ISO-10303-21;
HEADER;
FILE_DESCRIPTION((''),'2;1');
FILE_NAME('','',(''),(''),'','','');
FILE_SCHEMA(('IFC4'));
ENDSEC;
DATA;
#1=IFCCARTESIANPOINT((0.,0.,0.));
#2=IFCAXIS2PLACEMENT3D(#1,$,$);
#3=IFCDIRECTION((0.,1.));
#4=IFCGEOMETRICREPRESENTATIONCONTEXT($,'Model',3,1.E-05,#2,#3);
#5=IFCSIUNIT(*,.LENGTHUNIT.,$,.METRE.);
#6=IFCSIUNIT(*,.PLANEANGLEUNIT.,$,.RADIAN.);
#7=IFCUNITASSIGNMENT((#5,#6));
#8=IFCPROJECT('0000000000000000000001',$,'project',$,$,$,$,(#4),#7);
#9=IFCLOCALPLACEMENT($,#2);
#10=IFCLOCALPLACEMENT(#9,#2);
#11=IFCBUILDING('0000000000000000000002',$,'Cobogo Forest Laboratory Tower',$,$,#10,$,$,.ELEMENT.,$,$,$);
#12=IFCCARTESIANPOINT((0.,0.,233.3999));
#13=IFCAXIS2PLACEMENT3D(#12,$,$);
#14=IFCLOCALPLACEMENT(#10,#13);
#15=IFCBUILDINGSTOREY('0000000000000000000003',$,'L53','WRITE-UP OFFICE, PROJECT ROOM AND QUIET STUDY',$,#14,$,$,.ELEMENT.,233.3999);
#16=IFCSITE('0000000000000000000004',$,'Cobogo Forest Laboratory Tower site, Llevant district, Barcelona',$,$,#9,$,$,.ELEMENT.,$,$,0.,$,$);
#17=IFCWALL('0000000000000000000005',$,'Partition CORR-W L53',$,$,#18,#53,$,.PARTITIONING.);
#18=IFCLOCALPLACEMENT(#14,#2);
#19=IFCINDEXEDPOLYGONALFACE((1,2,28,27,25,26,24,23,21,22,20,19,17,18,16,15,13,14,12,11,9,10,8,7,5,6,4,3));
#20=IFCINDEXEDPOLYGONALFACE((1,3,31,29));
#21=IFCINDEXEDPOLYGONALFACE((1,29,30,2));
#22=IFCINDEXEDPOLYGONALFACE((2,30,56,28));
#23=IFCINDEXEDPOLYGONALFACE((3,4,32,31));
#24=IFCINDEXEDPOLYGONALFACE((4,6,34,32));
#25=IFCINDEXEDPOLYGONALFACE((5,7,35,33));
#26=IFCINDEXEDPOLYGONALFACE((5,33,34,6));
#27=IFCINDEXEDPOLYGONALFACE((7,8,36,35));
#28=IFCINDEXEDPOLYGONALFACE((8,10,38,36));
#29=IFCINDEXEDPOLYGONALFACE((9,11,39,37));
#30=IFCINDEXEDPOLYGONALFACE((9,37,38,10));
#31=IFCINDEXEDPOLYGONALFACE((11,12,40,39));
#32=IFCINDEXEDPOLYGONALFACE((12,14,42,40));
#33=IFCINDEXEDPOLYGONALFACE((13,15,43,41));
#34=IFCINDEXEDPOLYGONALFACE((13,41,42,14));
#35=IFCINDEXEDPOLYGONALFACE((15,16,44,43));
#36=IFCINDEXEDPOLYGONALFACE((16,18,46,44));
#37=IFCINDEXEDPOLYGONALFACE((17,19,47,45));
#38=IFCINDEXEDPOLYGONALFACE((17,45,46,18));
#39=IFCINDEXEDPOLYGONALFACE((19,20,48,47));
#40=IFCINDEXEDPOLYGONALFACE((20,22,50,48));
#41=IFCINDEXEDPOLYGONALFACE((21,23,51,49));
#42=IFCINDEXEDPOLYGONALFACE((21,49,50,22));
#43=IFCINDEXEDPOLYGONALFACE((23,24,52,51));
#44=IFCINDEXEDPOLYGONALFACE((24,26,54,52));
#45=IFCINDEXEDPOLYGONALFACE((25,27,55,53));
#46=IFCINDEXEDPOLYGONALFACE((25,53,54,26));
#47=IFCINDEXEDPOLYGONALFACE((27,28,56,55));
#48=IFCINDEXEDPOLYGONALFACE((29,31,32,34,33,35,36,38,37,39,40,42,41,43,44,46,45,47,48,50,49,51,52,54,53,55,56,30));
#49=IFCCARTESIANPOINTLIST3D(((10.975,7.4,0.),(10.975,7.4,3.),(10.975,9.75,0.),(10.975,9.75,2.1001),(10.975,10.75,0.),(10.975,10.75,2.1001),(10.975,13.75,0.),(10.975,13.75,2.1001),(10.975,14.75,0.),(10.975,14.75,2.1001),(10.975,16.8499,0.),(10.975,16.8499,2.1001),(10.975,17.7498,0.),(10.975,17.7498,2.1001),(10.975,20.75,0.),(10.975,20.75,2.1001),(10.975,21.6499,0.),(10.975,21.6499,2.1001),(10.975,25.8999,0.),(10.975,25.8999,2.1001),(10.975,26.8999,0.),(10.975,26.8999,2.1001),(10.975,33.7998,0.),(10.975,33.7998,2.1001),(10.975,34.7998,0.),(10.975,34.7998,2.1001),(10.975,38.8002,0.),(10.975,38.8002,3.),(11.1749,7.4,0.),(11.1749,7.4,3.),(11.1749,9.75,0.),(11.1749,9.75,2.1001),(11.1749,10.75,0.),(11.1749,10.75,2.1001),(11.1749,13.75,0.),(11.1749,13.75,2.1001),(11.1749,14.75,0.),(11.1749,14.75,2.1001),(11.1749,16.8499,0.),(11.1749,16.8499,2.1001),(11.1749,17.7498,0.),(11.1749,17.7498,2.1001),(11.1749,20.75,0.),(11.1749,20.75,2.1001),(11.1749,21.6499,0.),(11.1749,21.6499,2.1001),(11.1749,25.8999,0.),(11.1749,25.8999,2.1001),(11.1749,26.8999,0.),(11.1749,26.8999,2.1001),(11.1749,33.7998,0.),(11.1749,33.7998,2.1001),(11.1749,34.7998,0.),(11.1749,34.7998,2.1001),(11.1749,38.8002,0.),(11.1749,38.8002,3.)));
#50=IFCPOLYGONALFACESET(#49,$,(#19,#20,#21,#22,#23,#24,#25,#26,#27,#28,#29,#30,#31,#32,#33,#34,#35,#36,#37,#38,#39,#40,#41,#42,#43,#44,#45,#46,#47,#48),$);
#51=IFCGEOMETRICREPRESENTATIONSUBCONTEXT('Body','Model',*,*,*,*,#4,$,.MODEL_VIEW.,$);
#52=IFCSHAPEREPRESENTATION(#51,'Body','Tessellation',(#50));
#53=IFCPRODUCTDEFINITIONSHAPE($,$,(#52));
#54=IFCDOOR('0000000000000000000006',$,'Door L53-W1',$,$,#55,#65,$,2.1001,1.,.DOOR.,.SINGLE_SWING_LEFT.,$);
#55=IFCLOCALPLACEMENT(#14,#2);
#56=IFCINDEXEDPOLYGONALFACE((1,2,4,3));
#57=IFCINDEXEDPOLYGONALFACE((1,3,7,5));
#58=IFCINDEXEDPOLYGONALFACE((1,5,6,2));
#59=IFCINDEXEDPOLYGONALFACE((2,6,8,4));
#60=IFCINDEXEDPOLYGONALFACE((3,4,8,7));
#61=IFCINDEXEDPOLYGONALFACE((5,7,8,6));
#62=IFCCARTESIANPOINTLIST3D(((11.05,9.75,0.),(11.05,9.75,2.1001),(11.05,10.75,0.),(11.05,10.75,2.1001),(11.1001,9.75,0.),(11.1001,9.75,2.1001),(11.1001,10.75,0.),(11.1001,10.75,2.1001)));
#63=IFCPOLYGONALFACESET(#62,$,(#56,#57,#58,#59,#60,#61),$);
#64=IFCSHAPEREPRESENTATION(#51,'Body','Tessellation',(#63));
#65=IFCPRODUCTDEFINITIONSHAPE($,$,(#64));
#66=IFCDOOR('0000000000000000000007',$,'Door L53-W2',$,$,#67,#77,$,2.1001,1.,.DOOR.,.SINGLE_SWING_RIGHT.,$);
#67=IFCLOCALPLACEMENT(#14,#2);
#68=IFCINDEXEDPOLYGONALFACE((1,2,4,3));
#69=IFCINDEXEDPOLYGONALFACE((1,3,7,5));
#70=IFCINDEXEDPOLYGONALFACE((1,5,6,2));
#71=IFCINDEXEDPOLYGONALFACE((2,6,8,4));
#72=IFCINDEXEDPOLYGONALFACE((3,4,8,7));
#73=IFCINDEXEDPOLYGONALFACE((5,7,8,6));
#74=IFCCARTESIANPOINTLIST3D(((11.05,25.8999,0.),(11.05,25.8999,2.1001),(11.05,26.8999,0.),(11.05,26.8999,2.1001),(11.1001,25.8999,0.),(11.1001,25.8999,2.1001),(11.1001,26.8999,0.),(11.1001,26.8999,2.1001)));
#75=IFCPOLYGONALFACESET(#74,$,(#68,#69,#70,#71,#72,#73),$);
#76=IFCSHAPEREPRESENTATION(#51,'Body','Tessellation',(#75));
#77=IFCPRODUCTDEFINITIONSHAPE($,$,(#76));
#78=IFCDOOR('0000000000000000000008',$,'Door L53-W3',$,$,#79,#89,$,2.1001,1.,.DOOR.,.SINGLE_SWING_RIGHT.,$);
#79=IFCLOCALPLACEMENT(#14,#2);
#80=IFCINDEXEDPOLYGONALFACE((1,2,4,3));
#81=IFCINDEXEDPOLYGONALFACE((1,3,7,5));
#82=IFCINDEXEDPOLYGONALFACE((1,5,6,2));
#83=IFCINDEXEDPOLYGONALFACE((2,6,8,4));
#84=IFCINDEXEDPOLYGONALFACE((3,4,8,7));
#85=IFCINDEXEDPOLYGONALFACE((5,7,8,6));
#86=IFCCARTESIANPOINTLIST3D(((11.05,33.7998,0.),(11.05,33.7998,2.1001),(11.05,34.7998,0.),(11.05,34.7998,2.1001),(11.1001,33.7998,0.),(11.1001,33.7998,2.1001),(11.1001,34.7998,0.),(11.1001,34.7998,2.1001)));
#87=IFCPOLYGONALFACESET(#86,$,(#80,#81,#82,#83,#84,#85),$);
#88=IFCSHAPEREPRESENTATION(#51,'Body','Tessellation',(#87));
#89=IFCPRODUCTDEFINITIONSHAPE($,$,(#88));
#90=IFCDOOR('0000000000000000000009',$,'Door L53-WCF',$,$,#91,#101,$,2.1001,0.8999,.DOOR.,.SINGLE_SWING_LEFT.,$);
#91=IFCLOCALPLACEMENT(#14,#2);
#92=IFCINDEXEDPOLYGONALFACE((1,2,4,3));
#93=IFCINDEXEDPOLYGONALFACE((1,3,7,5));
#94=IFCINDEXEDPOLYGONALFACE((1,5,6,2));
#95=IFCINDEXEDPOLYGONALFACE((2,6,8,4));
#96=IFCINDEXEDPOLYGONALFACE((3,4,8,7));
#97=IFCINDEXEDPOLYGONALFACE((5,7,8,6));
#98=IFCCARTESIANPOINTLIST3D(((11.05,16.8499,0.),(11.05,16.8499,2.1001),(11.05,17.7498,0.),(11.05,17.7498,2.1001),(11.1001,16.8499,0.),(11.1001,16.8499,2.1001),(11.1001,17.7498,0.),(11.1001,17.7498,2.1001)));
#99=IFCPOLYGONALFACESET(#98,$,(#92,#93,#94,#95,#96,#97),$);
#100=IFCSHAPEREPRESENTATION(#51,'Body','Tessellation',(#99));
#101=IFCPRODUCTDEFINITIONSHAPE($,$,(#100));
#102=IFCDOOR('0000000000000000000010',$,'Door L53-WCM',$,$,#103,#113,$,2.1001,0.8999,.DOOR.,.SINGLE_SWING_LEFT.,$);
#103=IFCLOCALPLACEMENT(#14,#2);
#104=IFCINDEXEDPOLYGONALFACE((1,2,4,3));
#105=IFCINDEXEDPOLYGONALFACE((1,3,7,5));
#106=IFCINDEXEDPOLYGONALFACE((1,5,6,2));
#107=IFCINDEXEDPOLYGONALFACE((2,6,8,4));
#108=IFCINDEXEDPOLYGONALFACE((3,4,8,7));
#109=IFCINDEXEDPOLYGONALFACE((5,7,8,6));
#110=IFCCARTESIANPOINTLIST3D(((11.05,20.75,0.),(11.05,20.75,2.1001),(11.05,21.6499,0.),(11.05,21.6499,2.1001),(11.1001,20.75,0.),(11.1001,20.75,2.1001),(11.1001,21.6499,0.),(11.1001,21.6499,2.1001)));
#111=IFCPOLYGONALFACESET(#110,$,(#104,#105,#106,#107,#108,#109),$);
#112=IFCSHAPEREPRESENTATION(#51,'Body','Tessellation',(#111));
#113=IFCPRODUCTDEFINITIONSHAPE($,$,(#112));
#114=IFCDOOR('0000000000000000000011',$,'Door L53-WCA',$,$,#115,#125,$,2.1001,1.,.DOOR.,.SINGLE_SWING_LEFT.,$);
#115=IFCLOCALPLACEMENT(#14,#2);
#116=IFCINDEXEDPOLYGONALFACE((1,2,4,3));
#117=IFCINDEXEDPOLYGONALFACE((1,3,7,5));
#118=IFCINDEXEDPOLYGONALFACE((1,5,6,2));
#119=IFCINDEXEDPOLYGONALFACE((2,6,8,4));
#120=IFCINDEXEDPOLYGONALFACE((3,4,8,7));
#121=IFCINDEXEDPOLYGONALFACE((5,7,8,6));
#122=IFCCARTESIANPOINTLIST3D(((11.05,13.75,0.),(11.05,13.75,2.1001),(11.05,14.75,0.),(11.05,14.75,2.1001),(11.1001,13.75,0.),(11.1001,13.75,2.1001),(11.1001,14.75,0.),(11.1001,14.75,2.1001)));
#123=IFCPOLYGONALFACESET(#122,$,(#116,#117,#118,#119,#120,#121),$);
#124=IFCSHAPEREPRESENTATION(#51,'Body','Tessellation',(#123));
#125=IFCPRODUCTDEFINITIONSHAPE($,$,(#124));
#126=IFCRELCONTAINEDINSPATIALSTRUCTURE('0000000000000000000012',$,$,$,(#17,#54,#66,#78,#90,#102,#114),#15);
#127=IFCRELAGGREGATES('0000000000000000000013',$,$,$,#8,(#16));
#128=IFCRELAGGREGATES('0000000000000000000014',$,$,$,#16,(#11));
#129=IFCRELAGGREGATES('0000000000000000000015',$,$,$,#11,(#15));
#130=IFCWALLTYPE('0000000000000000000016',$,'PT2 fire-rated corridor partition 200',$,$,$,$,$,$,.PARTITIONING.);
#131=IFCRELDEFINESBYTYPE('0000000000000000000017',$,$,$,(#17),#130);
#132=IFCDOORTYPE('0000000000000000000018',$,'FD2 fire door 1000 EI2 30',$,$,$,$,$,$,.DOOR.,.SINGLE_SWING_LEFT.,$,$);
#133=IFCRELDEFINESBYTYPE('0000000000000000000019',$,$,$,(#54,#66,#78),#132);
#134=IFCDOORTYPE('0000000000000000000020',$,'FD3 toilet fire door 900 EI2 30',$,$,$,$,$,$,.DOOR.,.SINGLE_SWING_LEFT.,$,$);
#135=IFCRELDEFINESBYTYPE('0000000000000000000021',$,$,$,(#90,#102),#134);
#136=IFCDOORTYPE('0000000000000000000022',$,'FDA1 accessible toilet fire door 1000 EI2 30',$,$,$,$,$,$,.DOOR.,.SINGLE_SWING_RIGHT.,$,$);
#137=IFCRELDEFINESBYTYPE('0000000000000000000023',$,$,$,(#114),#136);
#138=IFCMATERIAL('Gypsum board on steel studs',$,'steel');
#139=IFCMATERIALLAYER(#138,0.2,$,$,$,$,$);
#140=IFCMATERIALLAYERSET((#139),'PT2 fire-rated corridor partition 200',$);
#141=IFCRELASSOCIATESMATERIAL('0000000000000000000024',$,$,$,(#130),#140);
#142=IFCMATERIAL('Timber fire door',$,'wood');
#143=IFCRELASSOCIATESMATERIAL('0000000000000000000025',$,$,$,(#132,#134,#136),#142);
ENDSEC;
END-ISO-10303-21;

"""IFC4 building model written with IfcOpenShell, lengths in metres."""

from ifc_helpers import new_model, si_unit, direction, frame, frame_2d, origin, place, context, subcontext, project, spatial, rectangle, extrude, material, layer, layer_set, type_object, element, fill, save


model = new_model("IFC4")

# Units and contexts
model_context = context("Model", 3, precision=1e-05, world=origin(), true_north=direction((0.0, 1.0)))
body_context = subcontext(model_context, "Body", "Model", "MODEL_VIEW")
ifc_project = project(units=[si_unit("LENGTHUNIT", "METRE"), si_unit("PLANEANGLEUNIT", "RADIAN")], contexts=[model_context])

# Site, building, storey
site_placement = place(None, origin())
site = spatial("IfcSite", under=ifc_project, at=site_placement, Name="Cobogo Forest Laboratory Tower site, Llevant district, Barcelona", CompositionType="ELEMENT", RefElevation=0.0)
building_placement = place(site_placement, origin())
building = spatial("IfcBuilding", under=site, at=building_placement, Name="Cobogo Forest Laboratory Tower", CompositionType="ELEMENT")
storey_placement = place(building_placement, frame((0.0, 0.0, 233.3999)))
storey = spatial("IfcBuildingStorey", under=building, at=storey_placement, Name="L53", Description="WRITE-UP OFFICE, PROJECT ROOM AND QUIET STUDY", CompositionType="ELEMENT", Elevation=233.3999)

# Shared definitions
ifc_material_1 = material(Name="Gypsum board on steel studs", Category="steel")

# Wall, openings, doors
ifc_layer_1 = layer(ifc_material_1, 0.2)
ifc_layer_set_1 = layer_set([ifc_layer_1], Name="PT2 fire-rated corridor partition 200")
wall_type_1 = type_object("IfcWallType", Name="PT2 fire-rated corridor partition 200", PredefinedType="PARTITIONING", material=ifc_layer_set_1)
ifc_material_2 = material(Name="Timber fire door", Category="wood")
door_type_1 = type_object("IfcDoorType", Name="FD2 fire door 1000 EI2 30", OperationType="SINGLE_SWING_LEFT", PredefinedType="DOOR", material=ifc_material_2)
wall_1_placement = place(storey_placement, frame((11.075, 7.3999, 0.0), z_axis=(0.0, 0.0, 1.0), x_axis=(0.0, 1.0, 0.0)))
wall_1 = element("IfcWall", 1, at=wall_1_placement, inside=storey, type_object=wall_type_1, Name="Partition CORR-W L53", PredefinedType="PARTITIONING", context=body_context, shape_type="SweptSolid", body=[
    extrude(rectangle(XDim=31.4001, YDim=0.2, at=frame_2d((15.7002, 0.0))), origin(), (0.0, 0.0, 1.0), 3.0),
])
opening_1_placement = place(wall_1_placement, frame((2.3501, 0.0, 0.0)))
opening_1 = element("IfcOpeningElement", 2, at=opening_1_placement, cuts=wall_1, PredefinedType="OPENING", context=body_context, shape_type="SweptSolid", body=[
    extrude(rectangle(XDim=1.0, YDim=2.1001, at=frame_2d((0.5, 1.05))), frame((0.0, 0.1099, 0.0), z_axis=(0.0, -1.0, 0.0), x_axis=(1.0, 0.0, 0.0)), (0.0, 0.0, 1.0), 0.22),
])
opening_2_placement = place(wall_1_placement, frame((6.3501, 0.0, 0.0)))
opening_2 = element("IfcOpeningElement", 3, at=opening_2_placement, cuts=wall_1, PredefinedType="OPENING", context=body_context, shape_type="SweptSolid", body=[
    extrude(rectangle(XDim=1.0, YDim=2.1001, at=frame_2d((0.5, 1.05))), frame((0.0, 0.1099, 0.0), z_axis=(0.0, -1.0, 0.0), x_axis=(1.0, 0.0, 0.0)), (0.0, 0.0, 1.0), 0.22),
])
opening_3_placement = place(wall_1_placement, frame((9.45, 0.0, 0.0)))
opening_3 = element("IfcOpeningElement", 4, at=opening_3_placement, cuts=wall_1, PredefinedType="OPENING", context=body_context, shape_type="SweptSolid", body=[
    extrude(rectangle(XDim=0.8999, YDim=2.1001, at=frame_2d((0.45, 1.05))), frame((0.0, 0.1099, 0.0), z_axis=(0.0, -1.0, 0.0), x_axis=(1.0, 0.0, 0.0)), (0.0, 0.0, 1.0), 0.22),
])
opening_4_placement = place(wall_1_placement, frame((13.3501, 0.0, 0.0)))
opening_4 = element("IfcOpeningElement", 5, at=opening_4_placement, cuts=wall_1, PredefinedType="OPENING", context=body_context, shape_type="SweptSolid", body=[
    extrude(rectangle(XDim=0.8999, YDim=2.1001, at=frame_2d((0.45, 1.05))), frame((0.0, 0.1099, 0.0), z_axis=(0.0, -1.0, 0.0), x_axis=(1.0, 0.0, 0.0)), (0.0, 0.0, 1.0), 0.22),
])
opening_5_placement = place(wall_1_placement, frame((18.5, 0.0, 0.0)))
opening_5 = element("IfcOpeningElement", 6, at=opening_5_placement, cuts=wall_1, PredefinedType="OPENING", context=body_context, shape_type="SweptSolid", body=[
    extrude(rectangle(XDim=1.0, YDim=2.1001, at=frame_2d((0.5, 1.05))), frame((0.0, 0.1099, 0.0), z_axis=(0.0, -1.0, 0.0), x_axis=(1.0, 0.0, 0.0)), (0.0, 0.0, 1.0), 0.22),
])
opening_6_placement = place(wall_1_placement, frame((26.3999, 0.0, 0.0)))
opening_6 = element("IfcOpeningElement", 7, at=opening_6_placement, cuts=wall_1, PredefinedType="OPENING", context=body_context, shape_type="SweptSolid", body=[
    extrude(rectangle(XDim=1.0, YDim=2.1001, at=frame_2d((0.5, 1.05))), frame((0.0, 0.1099, 0.0), z_axis=(0.0, -1.0, 0.0), x_axis=(1.0, 0.0, 0.0)), (0.0, 0.0, 1.0), 0.22),
])
door_1_placement = place(opening_1_placement, origin())
door_1 = element("IfcDoor", 8, at=door_1_placement, inside=storey, type_object=door_type_1, Name="Door L53-W1", OperationType="SINGLE_SWING_LEFT", OverallHeight=2.1001, OverallWidth=1.0, PredefinedType="DOOR", context=body_context, shape_type="SweptSolid", body=[
    extrude(rectangle(XDim=1.0, YDim=2.1001, at=frame_2d((0.5, 1.05))), frame((0.0, 0.0249, 0.0), z_axis=(0.0, -1.0, 0.0), x_axis=(1.0, 0.0, 0.0)), (0.0, 0.0, 1.0), 0.05),
])
fill(opening_1, door_1)
door_2_placement = place(opening_5_placement, origin())
door_2 = element("IfcDoor", 9, at=door_2_placement, inside=storey, type_object=door_type_1, Name="Door L53-W2", OperationType="SINGLE_SWING_RIGHT", OverallHeight=2.1001, OverallWidth=1.0, PredefinedType="DOOR", context=body_context, shape_type="SweptSolid", body=[
    extrude(rectangle(XDim=1.0, YDim=2.1001, at=frame_2d((0.5, 1.05))), frame((0.0, 0.0249, 0.0), z_axis=(0.0, -1.0, 0.0), x_axis=(1.0, 0.0, 0.0)), (0.0, 0.0, 1.0), 0.05),
])
fill(opening_5, door_2)
door_3_placement = place(opening_6_placement, origin())
door_3 = element("IfcDoor", 10, at=door_3_placement, inside=storey, type_object=door_type_1, Name="Door L53-W3", OperationType="SINGLE_SWING_RIGHT", OverallHeight=2.1001, OverallWidth=1.0, PredefinedType="DOOR", context=body_context, shape_type="SweptSolid", body=[
    extrude(rectangle(XDim=1.0, YDim=2.1001, at=frame_2d((0.5, 1.05))), frame((0.0, 0.0249, 0.0), z_axis=(0.0, -1.0, 0.0), x_axis=(1.0, 0.0, 0.0)), (0.0, 0.0, 1.0), 0.05),
])
fill(opening_6, door_3)
door_type_2 = type_object("IfcDoorType", Name="FD3 toilet fire door 900 EI2 30", OperationType="SINGLE_SWING_LEFT", PredefinedType="DOOR", material=ifc_material_2)
door_4_placement = place(opening_3_placement, origin())
door_4 = element("IfcDoor", 11, at=door_4_placement, inside=storey, type_object=door_type_2, Name="Door L53-WCF", OperationType="SINGLE_SWING_LEFT", OverallHeight=2.1001, OverallWidth=0.8999, PredefinedType="DOOR", context=body_context, shape_type="SweptSolid", body=[
    extrude(rectangle(XDim=0.8999, YDim=2.1001, at=frame_2d((0.45, 1.05))), frame((0.0, 0.0249, 0.0), z_axis=(0.0, -1.0, 0.0), x_axis=(1.0, 0.0, 0.0)), (0.0, 0.0, 1.0), 0.05),
])
fill(opening_3, door_4)
door_5_placement = place(opening_4_placement, origin())
door_5 = element("IfcDoor", 12, at=door_5_placement, inside=storey, type_object=door_type_2, Name="Door L53-WCM", OperationType="SINGLE_SWING_LEFT", OverallHeight=2.1001, OverallWidth=0.8999, PredefinedType="DOOR", context=body_context, shape_type="SweptSolid", body=[
    extrude(rectangle(XDim=0.8999, YDim=2.1001, at=frame_2d((0.45, 1.05))), frame((0.0, 0.0249, 0.0), z_axis=(0.0, -1.0, 0.0), x_axis=(1.0, 0.0, 0.0)), (0.0, 0.0, 1.0), 0.05),
])
fill(opening_4, door_5)
door_type_3 = type_object("IfcDoorType", Name="FDA1 accessible toilet fire door 1000 EI2 30", OperationType="SINGLE_SWING_RIGHT", PredefinedType="DOOR", material=ifc_material_2)
door_6_placement = place(opening_2_placement, origin())
door_6 = element("IfcDoor", 13, at=door_6_placement, inside=storey, type_object=door_type_3, Name="Door L53-WCA", OperationType="SINGLE_SWING_LEFT", OverallHeight=2.1001, OverallWidth=1.0, PredefinedType="DOOR", context=body_context, shape_type="SweptSolid", body=[
    extrude(rectangle(XDim=1.0, YDim=2.1001, at=frame_2d((0.5, 1.05))), frame((0.0, 0.0249, 0.0), z_axis=(0.0, -1.0, 0.0), x_axis=(1.0, 0.0, 0.0)), (0.0, 0.0, 1.0), 0.05),
])
fill(opening_2, door_6)

save(model, "model.ifc")
